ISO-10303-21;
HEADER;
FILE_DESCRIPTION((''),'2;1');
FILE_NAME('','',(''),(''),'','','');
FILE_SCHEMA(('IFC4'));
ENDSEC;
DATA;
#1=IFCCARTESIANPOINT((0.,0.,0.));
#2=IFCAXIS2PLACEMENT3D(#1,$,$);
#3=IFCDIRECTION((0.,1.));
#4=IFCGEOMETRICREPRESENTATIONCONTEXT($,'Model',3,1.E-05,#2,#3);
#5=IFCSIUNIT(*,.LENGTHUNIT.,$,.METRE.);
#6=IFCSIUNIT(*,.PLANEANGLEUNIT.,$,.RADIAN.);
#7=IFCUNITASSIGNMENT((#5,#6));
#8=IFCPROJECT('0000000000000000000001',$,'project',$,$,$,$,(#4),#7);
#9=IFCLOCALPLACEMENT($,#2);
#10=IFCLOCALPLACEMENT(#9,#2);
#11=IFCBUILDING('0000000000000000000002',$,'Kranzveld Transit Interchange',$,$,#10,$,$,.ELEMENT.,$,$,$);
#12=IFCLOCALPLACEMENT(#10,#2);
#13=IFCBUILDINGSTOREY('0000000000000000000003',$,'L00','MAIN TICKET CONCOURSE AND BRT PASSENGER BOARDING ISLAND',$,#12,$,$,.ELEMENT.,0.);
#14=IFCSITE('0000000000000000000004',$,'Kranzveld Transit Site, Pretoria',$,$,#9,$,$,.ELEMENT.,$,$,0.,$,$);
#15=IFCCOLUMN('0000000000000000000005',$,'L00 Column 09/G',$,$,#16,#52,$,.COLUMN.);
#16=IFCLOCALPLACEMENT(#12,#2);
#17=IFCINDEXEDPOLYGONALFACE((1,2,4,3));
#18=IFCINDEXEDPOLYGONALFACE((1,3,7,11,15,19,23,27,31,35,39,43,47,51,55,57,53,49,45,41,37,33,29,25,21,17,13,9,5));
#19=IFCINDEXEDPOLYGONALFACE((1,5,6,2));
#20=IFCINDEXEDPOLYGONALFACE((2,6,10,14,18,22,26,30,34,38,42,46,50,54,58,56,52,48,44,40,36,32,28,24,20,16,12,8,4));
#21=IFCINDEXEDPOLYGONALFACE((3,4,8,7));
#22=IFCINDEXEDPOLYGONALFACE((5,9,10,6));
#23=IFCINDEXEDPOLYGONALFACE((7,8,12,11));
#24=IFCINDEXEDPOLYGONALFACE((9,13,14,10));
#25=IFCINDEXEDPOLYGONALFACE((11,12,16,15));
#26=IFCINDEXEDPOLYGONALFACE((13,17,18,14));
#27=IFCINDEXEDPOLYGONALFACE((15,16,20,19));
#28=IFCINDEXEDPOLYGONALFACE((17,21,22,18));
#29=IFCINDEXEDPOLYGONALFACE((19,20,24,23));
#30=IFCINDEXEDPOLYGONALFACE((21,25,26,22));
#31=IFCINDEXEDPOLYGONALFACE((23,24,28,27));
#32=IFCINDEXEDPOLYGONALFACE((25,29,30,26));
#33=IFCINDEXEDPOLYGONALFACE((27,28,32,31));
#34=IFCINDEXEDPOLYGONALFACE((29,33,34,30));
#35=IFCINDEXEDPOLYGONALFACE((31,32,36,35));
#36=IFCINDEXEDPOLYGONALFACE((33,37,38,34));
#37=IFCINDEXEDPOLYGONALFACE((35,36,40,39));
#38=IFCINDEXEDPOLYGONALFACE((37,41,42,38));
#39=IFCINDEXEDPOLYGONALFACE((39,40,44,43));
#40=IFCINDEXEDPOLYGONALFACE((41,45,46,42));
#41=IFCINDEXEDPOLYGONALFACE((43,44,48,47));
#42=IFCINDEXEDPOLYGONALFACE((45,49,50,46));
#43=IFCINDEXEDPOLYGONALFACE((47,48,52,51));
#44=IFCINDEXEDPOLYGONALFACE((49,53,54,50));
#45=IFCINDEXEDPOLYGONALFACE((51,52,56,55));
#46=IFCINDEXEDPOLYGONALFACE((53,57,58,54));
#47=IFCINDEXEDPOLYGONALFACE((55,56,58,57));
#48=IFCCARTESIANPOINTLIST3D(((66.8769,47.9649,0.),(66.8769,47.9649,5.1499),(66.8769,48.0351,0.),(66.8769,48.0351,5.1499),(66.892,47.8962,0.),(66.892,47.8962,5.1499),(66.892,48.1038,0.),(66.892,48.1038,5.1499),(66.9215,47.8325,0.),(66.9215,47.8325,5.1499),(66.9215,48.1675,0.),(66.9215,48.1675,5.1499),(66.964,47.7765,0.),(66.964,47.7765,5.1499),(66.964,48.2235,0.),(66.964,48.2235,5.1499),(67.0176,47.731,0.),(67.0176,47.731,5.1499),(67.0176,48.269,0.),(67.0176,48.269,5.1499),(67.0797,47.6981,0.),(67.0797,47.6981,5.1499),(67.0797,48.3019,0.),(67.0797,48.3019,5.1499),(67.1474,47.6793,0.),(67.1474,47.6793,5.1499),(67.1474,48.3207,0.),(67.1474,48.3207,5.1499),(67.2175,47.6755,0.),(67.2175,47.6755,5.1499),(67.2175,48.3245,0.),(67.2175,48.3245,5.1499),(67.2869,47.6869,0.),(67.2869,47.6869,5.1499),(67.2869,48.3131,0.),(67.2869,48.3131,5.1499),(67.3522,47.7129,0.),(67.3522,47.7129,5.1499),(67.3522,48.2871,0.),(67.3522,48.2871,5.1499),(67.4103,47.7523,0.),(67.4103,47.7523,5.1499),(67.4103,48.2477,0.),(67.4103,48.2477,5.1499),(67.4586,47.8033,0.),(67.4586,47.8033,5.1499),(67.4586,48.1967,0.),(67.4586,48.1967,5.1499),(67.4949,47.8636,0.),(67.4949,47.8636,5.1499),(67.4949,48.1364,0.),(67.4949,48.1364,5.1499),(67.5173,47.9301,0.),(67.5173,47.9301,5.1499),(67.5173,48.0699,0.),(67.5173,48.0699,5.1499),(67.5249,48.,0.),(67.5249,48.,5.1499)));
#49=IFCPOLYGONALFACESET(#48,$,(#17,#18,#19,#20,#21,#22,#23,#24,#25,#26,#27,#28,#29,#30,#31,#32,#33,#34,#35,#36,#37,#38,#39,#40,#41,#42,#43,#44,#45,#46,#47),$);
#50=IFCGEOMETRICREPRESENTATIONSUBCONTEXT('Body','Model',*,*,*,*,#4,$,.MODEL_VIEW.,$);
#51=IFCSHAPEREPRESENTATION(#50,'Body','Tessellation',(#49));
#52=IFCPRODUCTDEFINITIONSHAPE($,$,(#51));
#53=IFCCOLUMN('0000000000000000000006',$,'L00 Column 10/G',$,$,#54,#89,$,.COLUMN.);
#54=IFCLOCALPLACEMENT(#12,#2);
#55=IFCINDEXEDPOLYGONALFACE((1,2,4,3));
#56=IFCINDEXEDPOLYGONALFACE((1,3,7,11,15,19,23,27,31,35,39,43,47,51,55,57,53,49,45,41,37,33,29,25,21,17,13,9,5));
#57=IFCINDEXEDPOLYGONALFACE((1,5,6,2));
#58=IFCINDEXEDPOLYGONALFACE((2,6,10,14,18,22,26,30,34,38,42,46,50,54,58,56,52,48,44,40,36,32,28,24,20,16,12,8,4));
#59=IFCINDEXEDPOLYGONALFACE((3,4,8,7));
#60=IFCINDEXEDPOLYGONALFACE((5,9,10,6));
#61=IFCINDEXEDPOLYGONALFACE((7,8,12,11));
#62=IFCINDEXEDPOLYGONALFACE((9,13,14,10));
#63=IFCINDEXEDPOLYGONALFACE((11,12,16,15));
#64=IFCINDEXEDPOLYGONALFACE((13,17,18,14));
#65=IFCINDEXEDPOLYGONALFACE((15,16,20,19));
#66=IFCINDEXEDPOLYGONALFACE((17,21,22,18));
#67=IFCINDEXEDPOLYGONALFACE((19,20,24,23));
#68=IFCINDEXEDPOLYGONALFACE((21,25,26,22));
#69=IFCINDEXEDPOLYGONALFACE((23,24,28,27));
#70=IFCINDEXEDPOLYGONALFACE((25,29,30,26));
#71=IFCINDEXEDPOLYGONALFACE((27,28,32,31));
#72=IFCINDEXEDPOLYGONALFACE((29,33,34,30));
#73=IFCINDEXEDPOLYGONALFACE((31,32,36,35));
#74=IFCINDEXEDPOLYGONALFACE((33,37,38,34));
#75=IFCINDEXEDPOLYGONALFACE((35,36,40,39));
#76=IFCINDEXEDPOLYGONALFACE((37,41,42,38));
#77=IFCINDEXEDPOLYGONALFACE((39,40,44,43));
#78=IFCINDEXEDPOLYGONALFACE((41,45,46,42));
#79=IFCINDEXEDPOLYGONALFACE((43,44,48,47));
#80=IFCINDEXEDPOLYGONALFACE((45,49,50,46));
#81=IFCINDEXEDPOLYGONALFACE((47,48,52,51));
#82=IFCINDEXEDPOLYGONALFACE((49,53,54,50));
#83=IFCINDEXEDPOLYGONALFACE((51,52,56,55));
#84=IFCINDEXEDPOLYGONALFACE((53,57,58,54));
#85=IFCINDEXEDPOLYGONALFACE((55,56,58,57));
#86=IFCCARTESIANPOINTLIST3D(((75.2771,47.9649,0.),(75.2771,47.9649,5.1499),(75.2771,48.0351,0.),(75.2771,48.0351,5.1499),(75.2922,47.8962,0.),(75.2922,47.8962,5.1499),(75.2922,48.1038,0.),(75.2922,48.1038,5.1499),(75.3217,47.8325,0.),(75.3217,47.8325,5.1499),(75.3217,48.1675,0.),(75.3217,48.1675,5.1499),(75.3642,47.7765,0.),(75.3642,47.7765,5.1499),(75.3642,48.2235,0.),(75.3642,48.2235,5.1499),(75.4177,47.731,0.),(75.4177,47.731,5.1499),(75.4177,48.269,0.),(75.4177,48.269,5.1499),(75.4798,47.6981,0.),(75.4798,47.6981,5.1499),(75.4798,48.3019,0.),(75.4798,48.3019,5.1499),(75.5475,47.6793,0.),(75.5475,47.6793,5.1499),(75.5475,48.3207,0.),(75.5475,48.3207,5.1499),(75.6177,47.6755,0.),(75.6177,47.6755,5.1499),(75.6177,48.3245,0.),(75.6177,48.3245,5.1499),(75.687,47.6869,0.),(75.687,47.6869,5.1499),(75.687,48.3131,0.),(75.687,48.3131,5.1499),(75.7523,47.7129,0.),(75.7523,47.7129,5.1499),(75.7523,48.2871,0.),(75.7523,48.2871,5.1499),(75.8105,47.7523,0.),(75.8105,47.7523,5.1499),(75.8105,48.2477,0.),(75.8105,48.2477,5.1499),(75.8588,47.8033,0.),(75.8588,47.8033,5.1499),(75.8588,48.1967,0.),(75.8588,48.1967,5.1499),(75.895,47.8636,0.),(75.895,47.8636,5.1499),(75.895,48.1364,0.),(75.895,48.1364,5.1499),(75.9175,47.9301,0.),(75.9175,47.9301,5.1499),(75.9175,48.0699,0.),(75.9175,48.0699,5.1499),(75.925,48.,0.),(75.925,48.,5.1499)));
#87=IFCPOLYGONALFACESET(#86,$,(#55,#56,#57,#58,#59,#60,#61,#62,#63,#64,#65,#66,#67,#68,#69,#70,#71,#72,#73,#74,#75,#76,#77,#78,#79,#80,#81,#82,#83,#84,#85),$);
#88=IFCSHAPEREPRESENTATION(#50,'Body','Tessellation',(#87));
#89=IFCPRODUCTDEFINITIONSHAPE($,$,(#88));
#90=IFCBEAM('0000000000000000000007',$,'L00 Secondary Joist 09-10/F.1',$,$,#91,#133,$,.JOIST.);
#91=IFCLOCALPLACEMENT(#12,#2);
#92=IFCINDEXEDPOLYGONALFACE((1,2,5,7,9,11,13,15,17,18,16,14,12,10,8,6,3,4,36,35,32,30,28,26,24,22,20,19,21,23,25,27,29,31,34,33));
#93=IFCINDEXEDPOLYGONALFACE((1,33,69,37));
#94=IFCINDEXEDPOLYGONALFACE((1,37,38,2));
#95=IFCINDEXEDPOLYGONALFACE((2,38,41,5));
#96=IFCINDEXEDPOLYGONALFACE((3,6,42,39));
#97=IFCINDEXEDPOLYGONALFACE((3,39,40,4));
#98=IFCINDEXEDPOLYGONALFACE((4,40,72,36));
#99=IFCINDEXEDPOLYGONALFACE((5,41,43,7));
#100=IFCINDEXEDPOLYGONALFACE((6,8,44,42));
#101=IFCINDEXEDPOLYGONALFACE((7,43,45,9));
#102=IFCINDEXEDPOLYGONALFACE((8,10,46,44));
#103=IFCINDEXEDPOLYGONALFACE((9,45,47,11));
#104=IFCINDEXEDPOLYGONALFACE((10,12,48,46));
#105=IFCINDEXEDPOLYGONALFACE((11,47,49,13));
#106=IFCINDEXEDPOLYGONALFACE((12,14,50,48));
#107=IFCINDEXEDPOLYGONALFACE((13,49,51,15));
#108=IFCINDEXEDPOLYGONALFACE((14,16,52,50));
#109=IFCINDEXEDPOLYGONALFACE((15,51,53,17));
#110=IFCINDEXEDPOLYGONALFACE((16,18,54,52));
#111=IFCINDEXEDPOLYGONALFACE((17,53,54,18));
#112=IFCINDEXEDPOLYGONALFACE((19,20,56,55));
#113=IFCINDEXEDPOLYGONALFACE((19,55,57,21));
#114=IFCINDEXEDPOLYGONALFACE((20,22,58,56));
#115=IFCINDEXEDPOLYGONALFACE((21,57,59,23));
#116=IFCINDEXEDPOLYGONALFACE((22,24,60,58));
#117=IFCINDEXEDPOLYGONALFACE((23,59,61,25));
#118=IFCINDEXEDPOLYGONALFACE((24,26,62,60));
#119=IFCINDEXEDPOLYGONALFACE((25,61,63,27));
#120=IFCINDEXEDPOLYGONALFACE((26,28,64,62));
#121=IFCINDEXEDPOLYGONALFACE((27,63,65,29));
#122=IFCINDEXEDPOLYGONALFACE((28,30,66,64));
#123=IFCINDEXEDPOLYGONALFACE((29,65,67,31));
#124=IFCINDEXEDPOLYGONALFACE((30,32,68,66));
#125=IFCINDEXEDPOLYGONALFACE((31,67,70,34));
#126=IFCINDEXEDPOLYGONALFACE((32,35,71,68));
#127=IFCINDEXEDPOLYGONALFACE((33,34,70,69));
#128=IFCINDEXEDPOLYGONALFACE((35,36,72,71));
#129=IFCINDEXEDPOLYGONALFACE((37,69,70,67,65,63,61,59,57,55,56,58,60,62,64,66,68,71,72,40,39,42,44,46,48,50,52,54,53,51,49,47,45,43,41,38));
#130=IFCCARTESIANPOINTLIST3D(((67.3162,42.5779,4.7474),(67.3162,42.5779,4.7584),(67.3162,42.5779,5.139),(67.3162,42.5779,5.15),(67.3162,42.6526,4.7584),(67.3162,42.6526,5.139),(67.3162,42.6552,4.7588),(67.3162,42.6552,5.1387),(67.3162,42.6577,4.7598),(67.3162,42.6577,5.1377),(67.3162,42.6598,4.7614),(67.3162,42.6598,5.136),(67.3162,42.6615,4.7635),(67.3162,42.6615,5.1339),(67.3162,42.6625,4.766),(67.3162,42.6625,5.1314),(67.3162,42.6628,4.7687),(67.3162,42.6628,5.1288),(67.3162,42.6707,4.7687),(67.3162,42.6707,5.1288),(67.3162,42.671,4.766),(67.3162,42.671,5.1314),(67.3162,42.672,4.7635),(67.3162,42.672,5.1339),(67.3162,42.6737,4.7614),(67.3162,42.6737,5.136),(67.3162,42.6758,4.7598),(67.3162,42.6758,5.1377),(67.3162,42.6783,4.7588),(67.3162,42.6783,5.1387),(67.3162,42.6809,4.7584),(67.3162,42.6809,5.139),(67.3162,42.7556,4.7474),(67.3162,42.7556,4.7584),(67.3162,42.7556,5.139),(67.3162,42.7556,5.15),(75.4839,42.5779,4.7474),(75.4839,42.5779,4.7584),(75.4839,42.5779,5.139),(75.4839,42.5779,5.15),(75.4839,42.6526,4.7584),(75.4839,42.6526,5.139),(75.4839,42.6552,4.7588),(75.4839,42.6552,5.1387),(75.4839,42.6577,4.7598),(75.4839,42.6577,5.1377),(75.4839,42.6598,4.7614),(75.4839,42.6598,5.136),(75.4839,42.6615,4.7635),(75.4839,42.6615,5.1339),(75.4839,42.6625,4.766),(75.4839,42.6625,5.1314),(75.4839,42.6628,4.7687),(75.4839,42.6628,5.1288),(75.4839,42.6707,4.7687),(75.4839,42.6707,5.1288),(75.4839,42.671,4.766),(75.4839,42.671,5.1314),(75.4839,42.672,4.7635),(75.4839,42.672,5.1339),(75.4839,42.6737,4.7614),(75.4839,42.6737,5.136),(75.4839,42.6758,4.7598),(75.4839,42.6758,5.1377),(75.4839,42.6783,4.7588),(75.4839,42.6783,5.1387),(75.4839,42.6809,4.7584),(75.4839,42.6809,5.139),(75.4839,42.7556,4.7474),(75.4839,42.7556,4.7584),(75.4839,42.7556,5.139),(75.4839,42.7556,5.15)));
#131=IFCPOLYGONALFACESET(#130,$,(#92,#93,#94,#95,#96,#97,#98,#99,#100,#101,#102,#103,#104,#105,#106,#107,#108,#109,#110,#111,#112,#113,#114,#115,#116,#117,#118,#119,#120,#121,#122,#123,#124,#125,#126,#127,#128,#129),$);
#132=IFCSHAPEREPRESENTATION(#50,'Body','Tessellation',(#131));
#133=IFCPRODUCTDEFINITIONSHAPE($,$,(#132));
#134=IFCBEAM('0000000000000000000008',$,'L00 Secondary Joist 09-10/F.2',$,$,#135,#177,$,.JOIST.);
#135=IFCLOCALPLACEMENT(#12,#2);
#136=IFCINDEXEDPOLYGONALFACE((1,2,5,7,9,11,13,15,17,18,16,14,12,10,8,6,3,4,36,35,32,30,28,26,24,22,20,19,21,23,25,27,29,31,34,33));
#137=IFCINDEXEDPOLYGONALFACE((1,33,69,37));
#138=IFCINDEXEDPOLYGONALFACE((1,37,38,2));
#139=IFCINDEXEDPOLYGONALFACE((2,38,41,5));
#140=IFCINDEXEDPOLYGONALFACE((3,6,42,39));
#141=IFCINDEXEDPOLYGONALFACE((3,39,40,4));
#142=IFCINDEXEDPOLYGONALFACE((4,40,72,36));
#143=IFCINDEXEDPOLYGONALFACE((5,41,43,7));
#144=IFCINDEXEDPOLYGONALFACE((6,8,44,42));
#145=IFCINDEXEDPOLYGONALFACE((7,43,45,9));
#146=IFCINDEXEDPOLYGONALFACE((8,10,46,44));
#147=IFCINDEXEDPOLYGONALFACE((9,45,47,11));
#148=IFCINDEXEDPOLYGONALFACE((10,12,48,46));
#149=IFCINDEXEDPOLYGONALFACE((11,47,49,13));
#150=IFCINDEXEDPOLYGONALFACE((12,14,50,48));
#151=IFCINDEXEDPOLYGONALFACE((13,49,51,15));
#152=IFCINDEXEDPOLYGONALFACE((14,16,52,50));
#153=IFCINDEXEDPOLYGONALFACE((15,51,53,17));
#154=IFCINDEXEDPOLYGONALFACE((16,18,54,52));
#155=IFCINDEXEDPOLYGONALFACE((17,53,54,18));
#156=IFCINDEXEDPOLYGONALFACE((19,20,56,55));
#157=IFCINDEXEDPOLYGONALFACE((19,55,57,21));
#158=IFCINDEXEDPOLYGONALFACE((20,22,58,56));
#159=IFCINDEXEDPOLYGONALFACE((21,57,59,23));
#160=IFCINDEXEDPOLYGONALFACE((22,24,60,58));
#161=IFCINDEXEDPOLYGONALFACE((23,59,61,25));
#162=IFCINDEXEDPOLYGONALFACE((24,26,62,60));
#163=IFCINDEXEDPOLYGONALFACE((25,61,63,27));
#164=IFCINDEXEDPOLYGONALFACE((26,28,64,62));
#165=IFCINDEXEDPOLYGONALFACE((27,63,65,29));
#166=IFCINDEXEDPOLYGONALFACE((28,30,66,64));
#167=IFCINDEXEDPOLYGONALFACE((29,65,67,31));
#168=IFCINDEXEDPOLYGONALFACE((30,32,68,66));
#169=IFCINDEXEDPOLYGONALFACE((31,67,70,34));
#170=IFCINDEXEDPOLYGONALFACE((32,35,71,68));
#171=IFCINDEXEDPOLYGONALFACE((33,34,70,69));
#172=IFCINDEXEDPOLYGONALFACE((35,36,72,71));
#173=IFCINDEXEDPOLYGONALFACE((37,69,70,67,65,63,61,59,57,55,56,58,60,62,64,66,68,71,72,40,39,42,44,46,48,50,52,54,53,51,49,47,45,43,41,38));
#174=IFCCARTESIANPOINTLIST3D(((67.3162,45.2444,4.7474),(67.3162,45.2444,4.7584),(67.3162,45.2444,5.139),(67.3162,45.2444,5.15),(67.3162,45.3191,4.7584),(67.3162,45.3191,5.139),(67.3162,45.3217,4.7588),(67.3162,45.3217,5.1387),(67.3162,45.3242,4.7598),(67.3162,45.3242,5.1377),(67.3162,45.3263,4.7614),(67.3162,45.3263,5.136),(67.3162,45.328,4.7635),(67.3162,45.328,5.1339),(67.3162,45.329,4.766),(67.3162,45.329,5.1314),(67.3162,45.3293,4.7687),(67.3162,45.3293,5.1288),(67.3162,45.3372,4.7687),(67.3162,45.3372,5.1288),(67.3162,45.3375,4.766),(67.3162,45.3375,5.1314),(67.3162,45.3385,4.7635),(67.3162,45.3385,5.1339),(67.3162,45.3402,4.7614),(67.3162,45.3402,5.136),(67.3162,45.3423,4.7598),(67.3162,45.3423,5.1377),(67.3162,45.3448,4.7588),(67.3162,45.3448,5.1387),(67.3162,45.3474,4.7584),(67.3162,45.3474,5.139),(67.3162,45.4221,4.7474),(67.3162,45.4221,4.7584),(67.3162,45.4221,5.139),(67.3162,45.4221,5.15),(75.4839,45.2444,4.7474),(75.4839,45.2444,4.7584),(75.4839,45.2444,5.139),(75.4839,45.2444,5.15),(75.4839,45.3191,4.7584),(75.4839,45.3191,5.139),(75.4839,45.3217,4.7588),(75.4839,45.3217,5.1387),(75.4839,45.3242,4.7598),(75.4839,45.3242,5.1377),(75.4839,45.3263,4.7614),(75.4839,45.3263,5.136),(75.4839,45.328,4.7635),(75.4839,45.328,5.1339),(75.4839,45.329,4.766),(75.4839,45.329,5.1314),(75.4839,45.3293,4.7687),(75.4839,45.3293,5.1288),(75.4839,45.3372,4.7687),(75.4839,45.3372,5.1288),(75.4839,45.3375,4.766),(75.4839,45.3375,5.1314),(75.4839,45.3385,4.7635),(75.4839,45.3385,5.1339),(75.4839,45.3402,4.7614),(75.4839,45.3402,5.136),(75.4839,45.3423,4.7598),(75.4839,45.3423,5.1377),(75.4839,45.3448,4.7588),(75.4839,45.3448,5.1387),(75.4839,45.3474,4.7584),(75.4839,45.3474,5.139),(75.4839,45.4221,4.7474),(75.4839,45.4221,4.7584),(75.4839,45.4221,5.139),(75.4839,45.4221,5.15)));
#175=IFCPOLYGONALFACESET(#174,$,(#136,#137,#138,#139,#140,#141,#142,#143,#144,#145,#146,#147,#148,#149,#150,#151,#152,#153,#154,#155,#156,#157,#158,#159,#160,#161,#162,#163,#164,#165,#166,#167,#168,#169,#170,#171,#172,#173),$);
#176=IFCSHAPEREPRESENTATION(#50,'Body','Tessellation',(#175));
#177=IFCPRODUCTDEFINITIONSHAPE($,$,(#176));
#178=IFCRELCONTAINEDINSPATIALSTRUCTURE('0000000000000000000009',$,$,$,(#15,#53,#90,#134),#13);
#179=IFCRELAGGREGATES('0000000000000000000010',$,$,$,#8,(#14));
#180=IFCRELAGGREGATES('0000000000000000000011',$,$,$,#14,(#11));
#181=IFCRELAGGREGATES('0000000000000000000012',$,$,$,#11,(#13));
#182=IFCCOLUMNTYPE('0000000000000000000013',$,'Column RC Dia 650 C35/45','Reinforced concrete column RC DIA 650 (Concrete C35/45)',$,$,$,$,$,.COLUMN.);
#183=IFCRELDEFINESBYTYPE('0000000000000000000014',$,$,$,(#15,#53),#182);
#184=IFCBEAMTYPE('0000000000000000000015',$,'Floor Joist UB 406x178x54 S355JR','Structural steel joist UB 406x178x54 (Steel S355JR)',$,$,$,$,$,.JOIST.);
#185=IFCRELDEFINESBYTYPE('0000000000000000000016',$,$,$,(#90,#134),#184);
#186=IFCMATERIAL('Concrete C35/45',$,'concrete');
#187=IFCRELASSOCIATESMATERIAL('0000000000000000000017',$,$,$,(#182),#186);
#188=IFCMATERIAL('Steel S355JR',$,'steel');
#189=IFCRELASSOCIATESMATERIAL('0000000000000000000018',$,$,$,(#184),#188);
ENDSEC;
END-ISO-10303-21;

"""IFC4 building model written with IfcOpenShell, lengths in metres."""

from ifc_helpers import new_model, si_unit, direction, frame, origin, origin_2d, place, context, subcontext, project, spatial, circle, i_section, extrude, material, material_profile, profile_set, type_object, element, save


model = new_model("IFC4")

# Units and contexts
model_context = context("Model", 3, precision=1e-05, world=origin(), true_north=direction((0.0, 1.0)))
body_context = subcontext(model_context, "Body", "Model", "MODEL_VIEW")
ifc_project = project(units=[si_unit("LENGTHUNIT", "METRE"), si_unit("PLANEANGLEUNIT", "RADIAN")], contexts=[model_context])

# Site, building, storey
site_placement = place(None, origin())
site = spatial("IfcSite", under=ifc_project, at=site_placement, Name="Kranzveld Transit Site, Pretoria", CompositionType="ELEMENT", RefElevation=0.0)
building_placement = place(site_placement, origin())
building = spatial("IfcBuilding", under=site, at=building_placement, Name="Kranzveld Transit Interchange", CompositionType="ELEMENT")
storey_placement = place(building_placement, origin())
storey = spatial("IfcBuildingStorey", under=building, at=storey_placement, Name="L00", Description="MAIN TICKET CONCOURSE AND BRT PASSENGER BOARDING ISLAND", CompositionType="ELEMENT", Elevation=0.0)

# Columns
ifc_material_1 = material(Name="Concrete C35/45", Category="concrete")
ifc_material_profile_1 = material_profile(ifc_material_1, circle(Radius=0.325, at=origin_2d()), Name="RC DIA 650")
ifc_profile_set_1 = profile_set([ifc_material_profile_1], Name="Concrete C35/45")
column_type = type_object("IfcColumnType", Name="Column RC Dia 650 C35/45", Description="Reinforced concrete column RC DIA 650 (Concrete C35/45)", PredefinedType="COLUMN", material=ifc_profile_set_1)
for number, where, z_axis, x_axis, name in (
    (1, (67.2, 48.0, 0.0), (0.0, 0.0, 1.0), (1.0, 0.0, 0.0), "L00 Column 09/G"),
    (2, (75.6001, 48.0, 0.0), (0.0, 0.0, 1.0), (1.0, 0.0, 0.0), "L00 Column 10/G"),
):
    element("IfcColumn", number, at=place(storey_placement, frame(where, z_axis=z_axis, x_axis=x_axis)), inside=storey, type_object=column_type, Name=name, PredefinedType="COLUMN", context=body_context, shape_type="SweptSolid", body=[
        extrude(circle(Radius=0.325, at=origin_2d()), origin(), (0.0, 0.0, 1.0), 5.1499),
    ])

# Beams
ifc_material_2 = material(Name="Steel S355JR", Category="steel")
ifc_material_profile_2 = material_profile(ifc_material_2, i_section(OverallWidth=0.1777, OverallDepth=0.4026, WebThickness=0.0078, FlangeThickness=0.011, FilletRadius=0.0103, at=origin_2d()), Name="UB 406x178x54")
ifc_profile_set_2 = profile_set([ifc_material_profile_2], Name="Steel S355JR")
beam_type_1 = type_object("IfcBeamType", Name="Floor Joist UB 406x178x54 S355JR", Description="Structural steel joist UB 406x178x54 (Steel S355JR)", PredefinedType="JOIST", material=ifc_profile_set_2)
for number, where, z_axis, x_axis, name in (
    (3, (67.3162, 42.6667, 4.9487), (1.0, 0.0, 0.0), (0.0, 1.0, 0.0), "L00 Secondary Joist 09-10/F.1"),
    (4, (67.3162, 45.3333, 4.9487), (1.0, 0.0, 0.0), (0.0, 1.0, 0.0), "L00 Secondary Joist 09-10/F.2"),
):
    element("IfcBeam", number, at=place(storey_placement, frame(where, z_axis=z_axis, x_axis=x_axis)), inside=storey, type_object=beam_type_1, Name=name, PredefinedType="JOIST", context=body_context, shape_type="SweptSolid", body=[
        extrude(i_section(OverallWidth=0.1777, OverallDepth=0.4026, WebThickness=0.0078, FlangeThickness=0.011, FilletRadius=0.0103, at=origin_2d()), origin(), (0.0, 0.0, 1.0), 8.1677),
    ])

save(model, "model.ifc")
